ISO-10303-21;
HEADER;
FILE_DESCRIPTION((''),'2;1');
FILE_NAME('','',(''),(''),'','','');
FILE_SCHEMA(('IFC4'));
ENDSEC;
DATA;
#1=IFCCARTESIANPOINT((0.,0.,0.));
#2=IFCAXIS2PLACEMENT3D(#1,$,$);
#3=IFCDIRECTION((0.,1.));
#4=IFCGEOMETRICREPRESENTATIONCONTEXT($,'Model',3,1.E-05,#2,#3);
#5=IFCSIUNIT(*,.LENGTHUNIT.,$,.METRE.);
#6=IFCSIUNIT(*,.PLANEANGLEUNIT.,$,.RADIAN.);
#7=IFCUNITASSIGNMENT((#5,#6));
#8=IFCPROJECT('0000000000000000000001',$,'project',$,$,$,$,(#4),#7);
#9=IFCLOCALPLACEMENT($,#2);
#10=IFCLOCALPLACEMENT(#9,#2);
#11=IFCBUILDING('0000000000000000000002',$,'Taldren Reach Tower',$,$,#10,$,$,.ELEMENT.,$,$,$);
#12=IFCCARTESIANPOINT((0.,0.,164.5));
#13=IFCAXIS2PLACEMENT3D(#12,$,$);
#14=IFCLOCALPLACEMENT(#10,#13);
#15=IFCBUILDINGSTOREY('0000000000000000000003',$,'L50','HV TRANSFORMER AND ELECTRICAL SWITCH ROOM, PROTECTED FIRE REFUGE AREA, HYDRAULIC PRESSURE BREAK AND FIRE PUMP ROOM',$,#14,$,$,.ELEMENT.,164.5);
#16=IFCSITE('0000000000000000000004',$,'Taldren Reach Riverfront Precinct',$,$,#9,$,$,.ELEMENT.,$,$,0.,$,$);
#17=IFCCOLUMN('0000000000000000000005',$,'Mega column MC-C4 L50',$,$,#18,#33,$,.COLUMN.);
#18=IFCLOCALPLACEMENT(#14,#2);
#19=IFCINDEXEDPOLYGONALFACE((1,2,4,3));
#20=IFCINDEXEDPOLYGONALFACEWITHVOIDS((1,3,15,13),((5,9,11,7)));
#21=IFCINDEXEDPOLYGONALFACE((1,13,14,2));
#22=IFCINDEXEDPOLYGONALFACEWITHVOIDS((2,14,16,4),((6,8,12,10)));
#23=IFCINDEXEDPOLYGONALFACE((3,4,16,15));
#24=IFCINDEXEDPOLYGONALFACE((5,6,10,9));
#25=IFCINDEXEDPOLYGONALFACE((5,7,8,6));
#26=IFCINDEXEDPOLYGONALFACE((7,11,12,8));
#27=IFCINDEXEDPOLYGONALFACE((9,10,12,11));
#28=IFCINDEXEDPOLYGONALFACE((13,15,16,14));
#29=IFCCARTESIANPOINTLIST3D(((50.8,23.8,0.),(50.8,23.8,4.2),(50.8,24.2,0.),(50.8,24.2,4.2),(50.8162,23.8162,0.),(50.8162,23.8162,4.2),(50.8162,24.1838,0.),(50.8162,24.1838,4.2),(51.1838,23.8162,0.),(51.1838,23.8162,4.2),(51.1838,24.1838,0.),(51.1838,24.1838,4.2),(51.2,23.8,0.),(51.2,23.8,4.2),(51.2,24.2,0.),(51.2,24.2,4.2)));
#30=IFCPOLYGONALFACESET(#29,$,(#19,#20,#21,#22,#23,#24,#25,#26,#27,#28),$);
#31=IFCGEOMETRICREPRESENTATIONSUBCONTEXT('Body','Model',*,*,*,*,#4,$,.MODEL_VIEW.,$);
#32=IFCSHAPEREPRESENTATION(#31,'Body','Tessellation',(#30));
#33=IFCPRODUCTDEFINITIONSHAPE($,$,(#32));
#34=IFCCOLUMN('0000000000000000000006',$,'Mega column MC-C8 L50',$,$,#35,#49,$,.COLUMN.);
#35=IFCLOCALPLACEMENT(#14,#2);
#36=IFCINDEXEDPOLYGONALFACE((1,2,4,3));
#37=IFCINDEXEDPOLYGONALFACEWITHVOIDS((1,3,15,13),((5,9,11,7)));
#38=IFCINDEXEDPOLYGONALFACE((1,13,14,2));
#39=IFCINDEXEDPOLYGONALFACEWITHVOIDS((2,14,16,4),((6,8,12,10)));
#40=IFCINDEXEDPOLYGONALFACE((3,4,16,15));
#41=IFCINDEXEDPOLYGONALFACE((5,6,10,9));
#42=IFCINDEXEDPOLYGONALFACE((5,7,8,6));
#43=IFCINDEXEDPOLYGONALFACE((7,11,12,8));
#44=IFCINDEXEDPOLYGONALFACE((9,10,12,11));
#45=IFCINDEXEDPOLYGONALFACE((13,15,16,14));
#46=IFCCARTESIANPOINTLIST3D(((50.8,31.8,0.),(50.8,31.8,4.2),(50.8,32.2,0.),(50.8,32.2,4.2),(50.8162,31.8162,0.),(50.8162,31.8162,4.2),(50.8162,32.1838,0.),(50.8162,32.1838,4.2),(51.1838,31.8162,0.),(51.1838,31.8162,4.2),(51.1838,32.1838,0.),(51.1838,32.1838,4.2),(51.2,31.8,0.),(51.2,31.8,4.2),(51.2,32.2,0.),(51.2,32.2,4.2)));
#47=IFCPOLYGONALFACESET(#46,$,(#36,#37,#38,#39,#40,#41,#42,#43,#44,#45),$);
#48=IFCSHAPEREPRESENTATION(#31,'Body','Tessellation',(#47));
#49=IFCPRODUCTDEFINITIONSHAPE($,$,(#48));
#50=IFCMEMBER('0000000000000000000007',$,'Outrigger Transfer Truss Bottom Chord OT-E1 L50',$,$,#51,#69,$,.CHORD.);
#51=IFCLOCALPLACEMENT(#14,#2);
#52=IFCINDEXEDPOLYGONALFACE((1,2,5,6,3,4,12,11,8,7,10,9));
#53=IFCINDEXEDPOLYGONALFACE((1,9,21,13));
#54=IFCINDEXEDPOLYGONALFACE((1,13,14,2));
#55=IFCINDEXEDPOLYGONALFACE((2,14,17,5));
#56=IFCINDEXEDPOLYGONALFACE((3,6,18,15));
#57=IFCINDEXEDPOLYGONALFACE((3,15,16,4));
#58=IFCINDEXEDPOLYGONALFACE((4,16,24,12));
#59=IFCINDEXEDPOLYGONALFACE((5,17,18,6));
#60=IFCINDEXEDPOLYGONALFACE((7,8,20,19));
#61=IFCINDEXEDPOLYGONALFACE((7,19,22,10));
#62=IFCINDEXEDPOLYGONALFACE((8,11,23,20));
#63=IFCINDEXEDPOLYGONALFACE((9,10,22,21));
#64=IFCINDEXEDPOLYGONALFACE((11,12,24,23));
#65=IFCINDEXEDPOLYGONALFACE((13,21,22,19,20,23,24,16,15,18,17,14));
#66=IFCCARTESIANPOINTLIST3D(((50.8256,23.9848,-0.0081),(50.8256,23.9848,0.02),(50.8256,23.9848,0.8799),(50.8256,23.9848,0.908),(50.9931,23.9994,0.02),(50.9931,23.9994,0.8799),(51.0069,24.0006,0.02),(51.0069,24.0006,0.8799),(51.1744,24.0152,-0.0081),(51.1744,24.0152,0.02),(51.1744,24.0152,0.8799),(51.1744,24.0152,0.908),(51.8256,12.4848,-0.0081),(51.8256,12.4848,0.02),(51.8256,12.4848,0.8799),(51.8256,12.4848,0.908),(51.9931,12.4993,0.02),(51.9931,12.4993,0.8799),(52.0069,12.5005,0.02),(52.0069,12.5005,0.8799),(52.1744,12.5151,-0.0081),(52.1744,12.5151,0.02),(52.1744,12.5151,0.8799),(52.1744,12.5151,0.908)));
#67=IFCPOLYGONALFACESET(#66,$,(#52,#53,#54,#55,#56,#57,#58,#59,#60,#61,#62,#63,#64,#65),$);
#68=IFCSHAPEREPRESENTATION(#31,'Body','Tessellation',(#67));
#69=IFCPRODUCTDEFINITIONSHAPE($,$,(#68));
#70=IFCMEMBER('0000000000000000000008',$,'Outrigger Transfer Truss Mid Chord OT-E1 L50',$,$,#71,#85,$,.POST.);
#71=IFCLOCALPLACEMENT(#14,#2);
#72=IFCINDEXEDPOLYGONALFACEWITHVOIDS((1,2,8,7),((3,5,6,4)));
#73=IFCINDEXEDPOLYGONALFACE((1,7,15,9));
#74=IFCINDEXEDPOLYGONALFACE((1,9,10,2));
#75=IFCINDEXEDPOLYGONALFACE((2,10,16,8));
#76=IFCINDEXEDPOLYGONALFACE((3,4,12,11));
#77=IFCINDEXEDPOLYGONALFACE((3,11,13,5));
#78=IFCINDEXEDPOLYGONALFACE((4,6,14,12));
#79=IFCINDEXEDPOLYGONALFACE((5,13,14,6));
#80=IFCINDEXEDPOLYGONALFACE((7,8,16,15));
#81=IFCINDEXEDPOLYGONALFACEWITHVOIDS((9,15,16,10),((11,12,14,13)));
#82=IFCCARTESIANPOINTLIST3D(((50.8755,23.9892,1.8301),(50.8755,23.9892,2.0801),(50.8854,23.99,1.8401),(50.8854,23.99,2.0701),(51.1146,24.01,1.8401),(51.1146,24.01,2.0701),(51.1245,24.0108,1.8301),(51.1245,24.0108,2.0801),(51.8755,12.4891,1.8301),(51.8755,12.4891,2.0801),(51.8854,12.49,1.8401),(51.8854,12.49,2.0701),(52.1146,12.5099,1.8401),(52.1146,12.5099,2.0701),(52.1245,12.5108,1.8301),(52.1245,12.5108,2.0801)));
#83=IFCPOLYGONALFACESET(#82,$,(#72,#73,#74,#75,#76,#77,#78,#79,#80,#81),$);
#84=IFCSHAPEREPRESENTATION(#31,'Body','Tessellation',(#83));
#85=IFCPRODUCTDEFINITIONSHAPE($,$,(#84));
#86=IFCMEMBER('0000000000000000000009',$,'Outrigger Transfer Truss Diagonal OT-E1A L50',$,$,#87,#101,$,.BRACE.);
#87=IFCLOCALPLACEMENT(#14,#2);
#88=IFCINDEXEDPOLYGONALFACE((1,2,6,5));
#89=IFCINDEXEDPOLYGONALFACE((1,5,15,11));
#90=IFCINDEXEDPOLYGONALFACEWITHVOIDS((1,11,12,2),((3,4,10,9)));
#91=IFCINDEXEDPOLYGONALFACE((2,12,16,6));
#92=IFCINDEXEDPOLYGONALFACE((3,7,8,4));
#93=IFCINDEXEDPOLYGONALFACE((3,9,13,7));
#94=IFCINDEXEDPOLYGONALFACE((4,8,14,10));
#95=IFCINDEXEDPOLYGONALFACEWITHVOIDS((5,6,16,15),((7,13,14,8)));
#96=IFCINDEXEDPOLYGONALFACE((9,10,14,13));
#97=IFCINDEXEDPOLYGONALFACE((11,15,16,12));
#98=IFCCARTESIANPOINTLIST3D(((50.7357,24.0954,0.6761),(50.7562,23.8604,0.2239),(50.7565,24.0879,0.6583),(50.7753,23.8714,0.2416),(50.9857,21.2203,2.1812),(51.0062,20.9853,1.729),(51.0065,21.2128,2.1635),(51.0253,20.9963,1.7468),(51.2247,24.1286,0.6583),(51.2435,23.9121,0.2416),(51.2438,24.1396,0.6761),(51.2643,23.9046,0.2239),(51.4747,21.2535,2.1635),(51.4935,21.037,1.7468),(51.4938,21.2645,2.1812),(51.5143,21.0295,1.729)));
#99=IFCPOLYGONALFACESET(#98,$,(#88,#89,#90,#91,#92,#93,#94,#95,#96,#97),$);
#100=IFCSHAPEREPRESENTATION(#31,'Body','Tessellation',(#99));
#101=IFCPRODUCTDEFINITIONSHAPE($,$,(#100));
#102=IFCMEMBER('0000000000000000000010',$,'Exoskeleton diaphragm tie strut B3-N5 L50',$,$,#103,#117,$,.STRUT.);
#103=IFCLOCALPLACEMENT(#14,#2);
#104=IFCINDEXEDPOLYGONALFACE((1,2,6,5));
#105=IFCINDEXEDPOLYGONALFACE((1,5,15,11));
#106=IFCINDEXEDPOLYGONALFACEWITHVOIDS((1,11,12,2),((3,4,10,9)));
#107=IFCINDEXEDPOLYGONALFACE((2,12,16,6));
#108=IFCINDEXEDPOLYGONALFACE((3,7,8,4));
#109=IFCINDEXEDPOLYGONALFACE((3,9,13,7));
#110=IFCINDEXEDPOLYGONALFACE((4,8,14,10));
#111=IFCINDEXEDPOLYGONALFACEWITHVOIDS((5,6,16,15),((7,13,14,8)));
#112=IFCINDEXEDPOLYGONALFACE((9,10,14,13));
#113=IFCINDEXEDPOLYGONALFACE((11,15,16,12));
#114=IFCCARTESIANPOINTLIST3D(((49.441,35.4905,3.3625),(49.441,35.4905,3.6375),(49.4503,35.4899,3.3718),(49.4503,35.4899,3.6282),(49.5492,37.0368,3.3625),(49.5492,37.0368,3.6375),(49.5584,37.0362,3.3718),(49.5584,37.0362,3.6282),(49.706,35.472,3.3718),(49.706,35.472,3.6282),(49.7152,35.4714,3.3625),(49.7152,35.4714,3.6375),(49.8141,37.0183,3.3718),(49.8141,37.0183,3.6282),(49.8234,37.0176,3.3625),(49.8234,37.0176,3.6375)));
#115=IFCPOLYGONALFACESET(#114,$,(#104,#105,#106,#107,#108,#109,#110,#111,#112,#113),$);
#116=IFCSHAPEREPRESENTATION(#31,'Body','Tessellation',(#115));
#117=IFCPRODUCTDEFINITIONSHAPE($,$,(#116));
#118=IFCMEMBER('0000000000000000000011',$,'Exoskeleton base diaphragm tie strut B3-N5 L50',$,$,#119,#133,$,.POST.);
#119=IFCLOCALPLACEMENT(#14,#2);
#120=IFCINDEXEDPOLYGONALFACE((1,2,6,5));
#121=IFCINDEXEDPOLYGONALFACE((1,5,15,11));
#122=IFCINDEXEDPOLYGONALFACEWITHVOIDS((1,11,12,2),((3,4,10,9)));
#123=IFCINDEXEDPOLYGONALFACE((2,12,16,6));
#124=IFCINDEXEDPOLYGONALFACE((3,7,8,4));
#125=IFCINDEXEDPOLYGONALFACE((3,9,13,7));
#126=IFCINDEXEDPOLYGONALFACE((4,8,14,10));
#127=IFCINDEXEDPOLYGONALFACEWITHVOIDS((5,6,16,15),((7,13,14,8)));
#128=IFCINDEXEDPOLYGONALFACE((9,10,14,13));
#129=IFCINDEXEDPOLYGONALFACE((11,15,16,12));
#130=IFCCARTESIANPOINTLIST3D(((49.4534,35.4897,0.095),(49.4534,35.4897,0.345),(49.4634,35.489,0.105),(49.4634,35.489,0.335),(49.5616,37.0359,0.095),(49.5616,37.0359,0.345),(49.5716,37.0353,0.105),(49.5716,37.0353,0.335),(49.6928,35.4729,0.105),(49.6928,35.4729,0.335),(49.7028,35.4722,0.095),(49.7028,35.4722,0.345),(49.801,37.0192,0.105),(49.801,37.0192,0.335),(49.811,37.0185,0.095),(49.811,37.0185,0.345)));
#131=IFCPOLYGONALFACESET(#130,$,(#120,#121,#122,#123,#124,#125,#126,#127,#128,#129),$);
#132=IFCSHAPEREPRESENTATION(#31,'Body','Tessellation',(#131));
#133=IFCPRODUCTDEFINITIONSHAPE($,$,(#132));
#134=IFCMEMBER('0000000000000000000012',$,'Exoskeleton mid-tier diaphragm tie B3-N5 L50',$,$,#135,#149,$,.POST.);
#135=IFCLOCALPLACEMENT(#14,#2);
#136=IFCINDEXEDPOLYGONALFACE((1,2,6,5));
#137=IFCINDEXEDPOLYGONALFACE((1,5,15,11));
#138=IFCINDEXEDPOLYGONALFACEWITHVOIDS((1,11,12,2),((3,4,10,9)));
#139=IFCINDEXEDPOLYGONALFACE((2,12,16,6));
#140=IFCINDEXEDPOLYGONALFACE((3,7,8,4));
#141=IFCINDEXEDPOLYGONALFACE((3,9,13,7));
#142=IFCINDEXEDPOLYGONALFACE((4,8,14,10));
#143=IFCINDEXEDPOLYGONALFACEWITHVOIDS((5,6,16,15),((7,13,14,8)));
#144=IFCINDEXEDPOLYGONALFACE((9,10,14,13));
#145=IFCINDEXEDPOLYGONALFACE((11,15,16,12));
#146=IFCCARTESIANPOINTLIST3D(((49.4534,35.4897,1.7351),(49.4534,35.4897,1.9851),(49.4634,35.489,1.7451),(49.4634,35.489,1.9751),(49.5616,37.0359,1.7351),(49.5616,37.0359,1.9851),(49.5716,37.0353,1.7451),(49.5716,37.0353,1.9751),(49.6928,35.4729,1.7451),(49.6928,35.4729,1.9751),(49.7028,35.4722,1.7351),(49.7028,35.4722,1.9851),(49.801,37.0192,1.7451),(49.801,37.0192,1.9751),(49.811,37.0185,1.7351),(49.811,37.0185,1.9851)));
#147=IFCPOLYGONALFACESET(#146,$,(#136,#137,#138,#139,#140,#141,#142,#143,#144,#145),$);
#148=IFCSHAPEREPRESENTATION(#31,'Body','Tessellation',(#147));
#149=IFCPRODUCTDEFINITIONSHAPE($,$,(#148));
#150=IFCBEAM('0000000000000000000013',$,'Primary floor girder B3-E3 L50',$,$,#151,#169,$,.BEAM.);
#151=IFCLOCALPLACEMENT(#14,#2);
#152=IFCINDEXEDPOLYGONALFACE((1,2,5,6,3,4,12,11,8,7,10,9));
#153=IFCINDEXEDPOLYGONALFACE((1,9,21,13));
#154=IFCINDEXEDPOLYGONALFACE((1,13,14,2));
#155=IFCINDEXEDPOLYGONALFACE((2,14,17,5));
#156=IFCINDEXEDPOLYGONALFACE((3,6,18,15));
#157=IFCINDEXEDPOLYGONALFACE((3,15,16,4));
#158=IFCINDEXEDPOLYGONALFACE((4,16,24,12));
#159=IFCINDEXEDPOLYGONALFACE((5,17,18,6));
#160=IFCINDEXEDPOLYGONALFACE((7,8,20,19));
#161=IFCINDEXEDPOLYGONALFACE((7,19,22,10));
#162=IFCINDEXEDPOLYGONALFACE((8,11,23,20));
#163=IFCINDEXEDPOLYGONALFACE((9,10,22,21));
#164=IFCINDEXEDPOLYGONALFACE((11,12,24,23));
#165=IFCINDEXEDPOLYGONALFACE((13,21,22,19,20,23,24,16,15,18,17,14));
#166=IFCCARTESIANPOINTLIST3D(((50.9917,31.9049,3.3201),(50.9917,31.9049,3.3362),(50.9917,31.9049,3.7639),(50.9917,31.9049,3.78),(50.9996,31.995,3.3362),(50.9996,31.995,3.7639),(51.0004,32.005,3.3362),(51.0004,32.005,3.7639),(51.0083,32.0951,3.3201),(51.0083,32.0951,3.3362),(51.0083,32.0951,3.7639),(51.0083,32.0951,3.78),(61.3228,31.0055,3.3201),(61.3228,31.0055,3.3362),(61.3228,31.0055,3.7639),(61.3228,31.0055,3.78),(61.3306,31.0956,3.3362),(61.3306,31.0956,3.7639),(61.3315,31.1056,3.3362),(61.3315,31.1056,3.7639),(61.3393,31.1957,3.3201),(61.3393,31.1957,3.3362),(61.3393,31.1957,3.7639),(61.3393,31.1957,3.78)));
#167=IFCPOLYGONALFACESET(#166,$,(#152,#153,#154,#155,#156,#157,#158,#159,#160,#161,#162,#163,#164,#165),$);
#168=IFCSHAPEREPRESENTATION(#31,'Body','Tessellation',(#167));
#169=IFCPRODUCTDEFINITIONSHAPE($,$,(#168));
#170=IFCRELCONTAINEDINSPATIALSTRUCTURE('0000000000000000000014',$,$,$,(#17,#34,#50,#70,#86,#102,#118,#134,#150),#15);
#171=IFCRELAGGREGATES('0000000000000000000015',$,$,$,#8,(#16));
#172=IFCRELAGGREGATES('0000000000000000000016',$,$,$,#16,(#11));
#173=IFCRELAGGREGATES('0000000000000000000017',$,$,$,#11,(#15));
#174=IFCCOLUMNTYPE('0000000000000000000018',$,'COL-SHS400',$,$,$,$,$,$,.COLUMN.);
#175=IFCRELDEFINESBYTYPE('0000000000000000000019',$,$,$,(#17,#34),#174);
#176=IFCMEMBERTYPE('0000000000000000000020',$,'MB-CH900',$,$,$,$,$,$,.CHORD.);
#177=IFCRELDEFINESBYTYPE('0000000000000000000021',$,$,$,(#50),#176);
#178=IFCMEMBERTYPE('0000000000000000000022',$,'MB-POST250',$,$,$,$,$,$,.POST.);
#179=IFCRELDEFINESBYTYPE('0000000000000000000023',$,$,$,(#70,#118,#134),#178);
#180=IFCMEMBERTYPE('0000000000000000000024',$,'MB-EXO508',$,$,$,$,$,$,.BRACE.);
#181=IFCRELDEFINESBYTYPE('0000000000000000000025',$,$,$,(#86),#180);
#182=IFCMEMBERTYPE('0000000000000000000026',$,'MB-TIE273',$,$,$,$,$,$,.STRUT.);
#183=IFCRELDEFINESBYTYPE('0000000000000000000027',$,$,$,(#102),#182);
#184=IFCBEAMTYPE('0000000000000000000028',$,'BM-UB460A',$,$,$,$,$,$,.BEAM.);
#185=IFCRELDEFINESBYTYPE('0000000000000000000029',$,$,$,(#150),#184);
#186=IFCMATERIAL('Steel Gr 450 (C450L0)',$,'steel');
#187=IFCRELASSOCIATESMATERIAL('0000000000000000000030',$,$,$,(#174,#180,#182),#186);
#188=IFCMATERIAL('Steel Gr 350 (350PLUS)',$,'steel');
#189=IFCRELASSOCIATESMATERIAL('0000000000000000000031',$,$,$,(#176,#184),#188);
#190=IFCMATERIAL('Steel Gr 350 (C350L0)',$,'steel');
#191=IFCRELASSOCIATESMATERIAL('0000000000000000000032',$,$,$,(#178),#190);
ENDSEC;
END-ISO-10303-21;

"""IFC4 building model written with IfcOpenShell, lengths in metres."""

from ifc_helpers import new_model, si_unit, direction, frame, origin, origin_2d, place, context, subcontext, project, spatial, hollow_rectangle, i_section, extrude, source, transform, mapped, material, material_profile, profile_set, type_object, element, save


model = new_model("IFC4")

# Units and contexts
model_context = context("Model", 3, precision=1e-05, world=origin(), true_north=direction((0.0, 1.0)))
body_context = subcontext(model_context, "Body", "Model", "MODEL_VIEW")
ifc_project = project(units=[si_unit("LENGTHUNIT", "METRE"), si_unit("PLANEANGLEUNIT", "RADIAN")], contexts=[model_context])

# Site, building, storey
site_placement = place(None, origin())
site = spatial("IfcSite", under=ifc_project, at=site_placement, Name="Taldren Reach Riverfront Precinct", CompositionType="ELEMENT", RefElevation=0.0)
building_placement = place(site_placement, origin())
building = spatial("IfcBuilding", under=site, at=building_placement, Name="Taldren Reach Tower", CompositionType="ELEMENT")
storey_placement = place(building_placement, frame((0.0, 0.0, 164.5)))
storey = spatial("IfcBuildingStorey", under=building, at=storey_placement, Name="L50", Description="HV TRANSFORMER AND ELECTRICAL SWITCH ROOM, PROTECTED FIRE REFUGE AREA, HYDRAULIC PRESSURE BREAK AND FIRE PUMP ROOM", CompositionType="ELEMENT", Elevation=164.5)

# Columns
ifc_material_1 = material(Name="Steel Gr 450 (C450L0)", Category="steel")
ifc_material_profile_1 = material_profile(ifc_material_1, hollow_rectangle(XDim=0.3999, YDim=0.3999, WallThickness=0.0161, at=origin_2d()), Name="400x400x16.0SHS")
ifc_profile_set_1 = profile_set([ifc_material_profile_1], Name="Steel Gr 450 (C450L0)")
column_type = type_object("IfcColumnType", Name="COL-SHS400", PredefinedType="COLUMN", material=ifc_profile_set_1)
shared_shape_1 = source(origin(), body_context, "Body", "SweptSolid", [
    extrude(hollow_rectangle(XDim=0.3999, YDim=0.3999, WallThickness=0.0161, at=origin_2d()), origin(), (0.0, 0.0, 1.0), 4.2),
])
for number, where, z_axis, x_axis, name in (
    (1, (51.0, 24.0, 0.0), (0.0, 0.0, 1.0), (1.0, 0.0, 0.0), "Mega column MC-C4 L50"),
    (2, (51.0, 32.0, 0.0), (0.0, 0.0, 1.0), (1.0, 0.0, 0.0), "Mega column MC-C8 L50"),
):
    element("IfcColumn", number, at=place(storey_placement, frame(where, z_axis=z_axis, x_axis=x_axis)), inside=storey, type_object=column_type, Name=name, PredefinedType="COLUMN", context=body_context, shape_type="MappedRepresentation", body=[
        mapped(shared_shape_1, transform((0.0, 0.0, 0.0), scale=1.0)),
    ])

# Members
ifc_material_2 = material(Name="Steel Gr 350 (350PLUS)", Category="steel")
ifc_material_profile_2 = material_profile(ifc_material_2, i_section(OverallWidth=0.3501, OverallDepth=0.916, WebThickness=0.0139, FlangeThickness=0.0281, at=origin_2d()), Name="900WB257")
ifc_profile_set_2 = profile_set([ifc_material_profile_2], Name="Steel Gr 350 (350PLUS)")
member_type_1 = type_object("IfcMemberType", Name="MB-CH900", PredefinedType="CHORD", material=ifc_profile_set_2)
shared_shape_2 = source(origin(), body_context, "Body", "SweptSolid", [
    extrude(i_section(OverallWidth=0.3501, OverallDepth=0.916, WebThickness=0.0139, FlangeThickness=0.0281, at=origin_2d()), origin(), (0.0, 0.0, 1.0), 11.5435),
])
member_1_placement = place(storey_placement, frame((51.0, 24.0, 0.45), z_axis=(0.08663, -0.996241, 0.0), x_axis=(0.996241, 0.08663, 0.0)))
element("IfcMember", 3, at=member_1_placement, inside=storey, type_object=member_type_1, Name="Outrigger Transfer Truss Bottom Chord OT-E1 L50", PredefinedType="CHORD", context=body_context, shape_type="MappedRepresentation", body=[
    mapped(shared_shape_2, transform((0.0, 0.0, 0.0), scale=1.0)),
])
ifc_material_3 = material(Name="Steel Gr 350 (C350L0)", Category="steel")
ifc_material_profile_3 = material_profile(ifc_material_3, hollow_rectangle(XDim=0.25, YDim=0.25, WallThickness=0.01, at=origin_2d()), Name="250x250x10.0SHS")
ifc_profile_set_3 = profile_set([ifc_material_profile_3], Name="Steel Gr 350 (C350L0)")
member_type_2 = type_object("IfcMemberType", Name="MB-POST250", PredefinedType="POST", material=ifc_profile_set_3)
shared_shape_3 = source(origin(), body_context, "Body", "SweptSolid", [
    extrude(hollow_rectangle(XDim=0.25, YDim=0.25, WallThickness=0.01, at=origin_2d()), origin(), (0.0, 0.0, 1.0), 11.5435),
])
member_2_placement = place(storey_placement, frame((51.0, 24.0, 1.9551), z_axis=(0.08663, -0.996241, 0.0), x_axis=(0.996241, 0.08663, 0.0)))
element("IfcMember", 4, at=member_2_placement, inside=storey, type_object=member_type_2, Name="Outrigger Transfer Truss Mid Chord OT-E1 L50", PredefinedType="POST", context=body_context, shape_type="MappedRepresentation", body=[
    mapped(shared_shape_3, transform((0.0, 0.0, 0.0), scale=1.0)),
])
ifc_material_profile_4 = material_profile(ifc_material_1, hollow_rectangle(XDim=0.51, YDim=0.51, WallThickness=0.02, at=origin_2d()), Name="510x510x20.0SHS")
ifc_profile_set_4 = profile_set([ifc_material_profile_4], Name="Steel Gr 450 (C450L0)")
member_type_3 = type_object("IfcMemberType", Name="MB-EXO508", PredefinedType="BRACE", material=ifc_profile_set_4)
shared_shape_4 = source(origin(), body_context, "Body", "SweptSolid", [
    extrude(hollow_rectangle(XDim=0.51, YDim=0.51, WallThickness=0.02, at=origin_2d()), origin(), (0.0, 0.0, 1.0), 3.2549),
])
member_3_placement = place(storey_placement, frame((51.0, 24.0, 0.45), z_axis=(0.07681, -0.883319, 0.462437), x_axis=(0.996241, 0.08663, 0.0)))
element("IfcMember", 5, at=member_3_placement, inside=storey, type_object=member_type_3, Name="Outrigger Transfer Truss Diagonal OT-E1A L50", PredefinedType="BRACE", context=body_context, shape_type="MappedRepresentation", body=[
    mapped(shared_shape_4, transform((0.0, 0.0, 0.0), scale=1.0)),
])
ifc_material_profile_5 = material_profile(ifc_material_1, hollow_rectangle(XDim=0.2749, YDim=0.2749, WallThickness=0.0093, at=origin_2d()), Name="275x275x9.3SHS")
ifc_profile_set_5 = profile_set([ifc_material_profile_5], Name="Steel Gr 450 (C450L0)")
member_type_4 = type_object("IfcMemberType", Name="MB-TIE273", PredefinedType="STRUT", material=ifc_profile_set_5)
shared_shape_5 = source(origin(), body_context, "Body", "SweptSolid", [
    extrude(hollow_rectangle(XDim=0.2749, YDim=0.2749, WallThickness=0.0093, at=origin_2d()), origin(), (0.0, 0.0, 1.0), 1.55),
])
member_4_placement = place(storey_placement, frame((49.5781, 35.481, 3.5), z_axis=(0.06977, 0.997563, 0.0), x_axis=(-0.997563, 0.06977, 0.0)))
element("IfcMember", 6, at=member_4_placement, inside=storey, type_object=member_type_4, Name="Exoskeleton diaphragm tie strut B3-N5 L50", PredefinedType="STRUT", context=body_context, shape_type="MappedRepresentation", body=[
    mapped(shared_shape_5, transform((0.0, 0.0, 0.0), scale=1.0)),
])
shared_shape_6 = source(origin(), body_context, "Body", "SweptSolid", [
    extrude(hollow_rectangle(XDim=0.25, YDim=0.25, WallThickness=0.01, at=origin_2d()), origin(), (0.0, 0.0, 1.0), 1.55),
])
for number, where, z_axis, x_axis, name in (
    (7, (49.5781, 35.481, 0.22), (0.06977, 0.997563, 0.0), (-0.997563, 0.06977, 0.0), "Exoskeleton base diaphragm tie strut B3-N5 L50"),
    (8, (49.5781, 35.481, 1.8601), (0.06977, 0.997563, 0.0), (-0.997563, 0.06977, 0.0), "Exoskeleton mid-tier diaphragm tie B3-N5 L50"),
):
    element("IfcMember", number, at=place(storey_placement, frame(where, z_axis=z_axis, x_axis=x_axis)), inside=storey, type_object=member_type_2, Name=name, PredefinedType="POST", context=body_context, shape_type="MappedRepresentation", body=[
        mapped(shared_shape_6, transform((0.0, 0.0, 0.0), scale=1.0)),
    ])

# Beam
ifc_material_profile_6 = material_profile(ifc_material_2, i_section(OverallWidth=0.1909, OverallDepth=0.46, WebThickness=0.01, FlangeThickness=0.0161, at=origin_2d()), Name="460UB82.1")
ifc_profile_set_6 = profile_set([ifc_material_profile_6], Name="Steel Gr 350 (350PLUS)")
beam_type_1 = type_object("IfcBeamType", Name="BM-UB460A", PredefinedType="BEAM", material=ifc_profile_set_6)
shared_shape_7 = source(origin(), body_context, "Body", "SweptSolid", [
    extrude(i_section(OverallWidth=0.1909, OverallDepth=0.46, WebThickness=0.01, FlangeThickness=0.0161, at=origin_2d()), origin(), (0.0, 0.0, 1.0), 10.3701),
])
beam_1_placement = place(storey_placement, frame((51.0, 32.0, 3.55), z_axis=(0.996232, -0.086731, 0.0), x_axis=(0.086731, 0.996232, 0.0)))
element("IfcBeam", 9, at=beam_1_placement, inside=storey, type_object=beam_type_1, Name="Primary floor girder B3-E3 L50", PredefinedType="BEAM", context=body_context, shape_type="MappedRepresentation", body=[
    mapped(shared_shape_7, transform((0.0, 0.0, 0.0), scale=1.0)),
])

save(model, "model.ifc")
